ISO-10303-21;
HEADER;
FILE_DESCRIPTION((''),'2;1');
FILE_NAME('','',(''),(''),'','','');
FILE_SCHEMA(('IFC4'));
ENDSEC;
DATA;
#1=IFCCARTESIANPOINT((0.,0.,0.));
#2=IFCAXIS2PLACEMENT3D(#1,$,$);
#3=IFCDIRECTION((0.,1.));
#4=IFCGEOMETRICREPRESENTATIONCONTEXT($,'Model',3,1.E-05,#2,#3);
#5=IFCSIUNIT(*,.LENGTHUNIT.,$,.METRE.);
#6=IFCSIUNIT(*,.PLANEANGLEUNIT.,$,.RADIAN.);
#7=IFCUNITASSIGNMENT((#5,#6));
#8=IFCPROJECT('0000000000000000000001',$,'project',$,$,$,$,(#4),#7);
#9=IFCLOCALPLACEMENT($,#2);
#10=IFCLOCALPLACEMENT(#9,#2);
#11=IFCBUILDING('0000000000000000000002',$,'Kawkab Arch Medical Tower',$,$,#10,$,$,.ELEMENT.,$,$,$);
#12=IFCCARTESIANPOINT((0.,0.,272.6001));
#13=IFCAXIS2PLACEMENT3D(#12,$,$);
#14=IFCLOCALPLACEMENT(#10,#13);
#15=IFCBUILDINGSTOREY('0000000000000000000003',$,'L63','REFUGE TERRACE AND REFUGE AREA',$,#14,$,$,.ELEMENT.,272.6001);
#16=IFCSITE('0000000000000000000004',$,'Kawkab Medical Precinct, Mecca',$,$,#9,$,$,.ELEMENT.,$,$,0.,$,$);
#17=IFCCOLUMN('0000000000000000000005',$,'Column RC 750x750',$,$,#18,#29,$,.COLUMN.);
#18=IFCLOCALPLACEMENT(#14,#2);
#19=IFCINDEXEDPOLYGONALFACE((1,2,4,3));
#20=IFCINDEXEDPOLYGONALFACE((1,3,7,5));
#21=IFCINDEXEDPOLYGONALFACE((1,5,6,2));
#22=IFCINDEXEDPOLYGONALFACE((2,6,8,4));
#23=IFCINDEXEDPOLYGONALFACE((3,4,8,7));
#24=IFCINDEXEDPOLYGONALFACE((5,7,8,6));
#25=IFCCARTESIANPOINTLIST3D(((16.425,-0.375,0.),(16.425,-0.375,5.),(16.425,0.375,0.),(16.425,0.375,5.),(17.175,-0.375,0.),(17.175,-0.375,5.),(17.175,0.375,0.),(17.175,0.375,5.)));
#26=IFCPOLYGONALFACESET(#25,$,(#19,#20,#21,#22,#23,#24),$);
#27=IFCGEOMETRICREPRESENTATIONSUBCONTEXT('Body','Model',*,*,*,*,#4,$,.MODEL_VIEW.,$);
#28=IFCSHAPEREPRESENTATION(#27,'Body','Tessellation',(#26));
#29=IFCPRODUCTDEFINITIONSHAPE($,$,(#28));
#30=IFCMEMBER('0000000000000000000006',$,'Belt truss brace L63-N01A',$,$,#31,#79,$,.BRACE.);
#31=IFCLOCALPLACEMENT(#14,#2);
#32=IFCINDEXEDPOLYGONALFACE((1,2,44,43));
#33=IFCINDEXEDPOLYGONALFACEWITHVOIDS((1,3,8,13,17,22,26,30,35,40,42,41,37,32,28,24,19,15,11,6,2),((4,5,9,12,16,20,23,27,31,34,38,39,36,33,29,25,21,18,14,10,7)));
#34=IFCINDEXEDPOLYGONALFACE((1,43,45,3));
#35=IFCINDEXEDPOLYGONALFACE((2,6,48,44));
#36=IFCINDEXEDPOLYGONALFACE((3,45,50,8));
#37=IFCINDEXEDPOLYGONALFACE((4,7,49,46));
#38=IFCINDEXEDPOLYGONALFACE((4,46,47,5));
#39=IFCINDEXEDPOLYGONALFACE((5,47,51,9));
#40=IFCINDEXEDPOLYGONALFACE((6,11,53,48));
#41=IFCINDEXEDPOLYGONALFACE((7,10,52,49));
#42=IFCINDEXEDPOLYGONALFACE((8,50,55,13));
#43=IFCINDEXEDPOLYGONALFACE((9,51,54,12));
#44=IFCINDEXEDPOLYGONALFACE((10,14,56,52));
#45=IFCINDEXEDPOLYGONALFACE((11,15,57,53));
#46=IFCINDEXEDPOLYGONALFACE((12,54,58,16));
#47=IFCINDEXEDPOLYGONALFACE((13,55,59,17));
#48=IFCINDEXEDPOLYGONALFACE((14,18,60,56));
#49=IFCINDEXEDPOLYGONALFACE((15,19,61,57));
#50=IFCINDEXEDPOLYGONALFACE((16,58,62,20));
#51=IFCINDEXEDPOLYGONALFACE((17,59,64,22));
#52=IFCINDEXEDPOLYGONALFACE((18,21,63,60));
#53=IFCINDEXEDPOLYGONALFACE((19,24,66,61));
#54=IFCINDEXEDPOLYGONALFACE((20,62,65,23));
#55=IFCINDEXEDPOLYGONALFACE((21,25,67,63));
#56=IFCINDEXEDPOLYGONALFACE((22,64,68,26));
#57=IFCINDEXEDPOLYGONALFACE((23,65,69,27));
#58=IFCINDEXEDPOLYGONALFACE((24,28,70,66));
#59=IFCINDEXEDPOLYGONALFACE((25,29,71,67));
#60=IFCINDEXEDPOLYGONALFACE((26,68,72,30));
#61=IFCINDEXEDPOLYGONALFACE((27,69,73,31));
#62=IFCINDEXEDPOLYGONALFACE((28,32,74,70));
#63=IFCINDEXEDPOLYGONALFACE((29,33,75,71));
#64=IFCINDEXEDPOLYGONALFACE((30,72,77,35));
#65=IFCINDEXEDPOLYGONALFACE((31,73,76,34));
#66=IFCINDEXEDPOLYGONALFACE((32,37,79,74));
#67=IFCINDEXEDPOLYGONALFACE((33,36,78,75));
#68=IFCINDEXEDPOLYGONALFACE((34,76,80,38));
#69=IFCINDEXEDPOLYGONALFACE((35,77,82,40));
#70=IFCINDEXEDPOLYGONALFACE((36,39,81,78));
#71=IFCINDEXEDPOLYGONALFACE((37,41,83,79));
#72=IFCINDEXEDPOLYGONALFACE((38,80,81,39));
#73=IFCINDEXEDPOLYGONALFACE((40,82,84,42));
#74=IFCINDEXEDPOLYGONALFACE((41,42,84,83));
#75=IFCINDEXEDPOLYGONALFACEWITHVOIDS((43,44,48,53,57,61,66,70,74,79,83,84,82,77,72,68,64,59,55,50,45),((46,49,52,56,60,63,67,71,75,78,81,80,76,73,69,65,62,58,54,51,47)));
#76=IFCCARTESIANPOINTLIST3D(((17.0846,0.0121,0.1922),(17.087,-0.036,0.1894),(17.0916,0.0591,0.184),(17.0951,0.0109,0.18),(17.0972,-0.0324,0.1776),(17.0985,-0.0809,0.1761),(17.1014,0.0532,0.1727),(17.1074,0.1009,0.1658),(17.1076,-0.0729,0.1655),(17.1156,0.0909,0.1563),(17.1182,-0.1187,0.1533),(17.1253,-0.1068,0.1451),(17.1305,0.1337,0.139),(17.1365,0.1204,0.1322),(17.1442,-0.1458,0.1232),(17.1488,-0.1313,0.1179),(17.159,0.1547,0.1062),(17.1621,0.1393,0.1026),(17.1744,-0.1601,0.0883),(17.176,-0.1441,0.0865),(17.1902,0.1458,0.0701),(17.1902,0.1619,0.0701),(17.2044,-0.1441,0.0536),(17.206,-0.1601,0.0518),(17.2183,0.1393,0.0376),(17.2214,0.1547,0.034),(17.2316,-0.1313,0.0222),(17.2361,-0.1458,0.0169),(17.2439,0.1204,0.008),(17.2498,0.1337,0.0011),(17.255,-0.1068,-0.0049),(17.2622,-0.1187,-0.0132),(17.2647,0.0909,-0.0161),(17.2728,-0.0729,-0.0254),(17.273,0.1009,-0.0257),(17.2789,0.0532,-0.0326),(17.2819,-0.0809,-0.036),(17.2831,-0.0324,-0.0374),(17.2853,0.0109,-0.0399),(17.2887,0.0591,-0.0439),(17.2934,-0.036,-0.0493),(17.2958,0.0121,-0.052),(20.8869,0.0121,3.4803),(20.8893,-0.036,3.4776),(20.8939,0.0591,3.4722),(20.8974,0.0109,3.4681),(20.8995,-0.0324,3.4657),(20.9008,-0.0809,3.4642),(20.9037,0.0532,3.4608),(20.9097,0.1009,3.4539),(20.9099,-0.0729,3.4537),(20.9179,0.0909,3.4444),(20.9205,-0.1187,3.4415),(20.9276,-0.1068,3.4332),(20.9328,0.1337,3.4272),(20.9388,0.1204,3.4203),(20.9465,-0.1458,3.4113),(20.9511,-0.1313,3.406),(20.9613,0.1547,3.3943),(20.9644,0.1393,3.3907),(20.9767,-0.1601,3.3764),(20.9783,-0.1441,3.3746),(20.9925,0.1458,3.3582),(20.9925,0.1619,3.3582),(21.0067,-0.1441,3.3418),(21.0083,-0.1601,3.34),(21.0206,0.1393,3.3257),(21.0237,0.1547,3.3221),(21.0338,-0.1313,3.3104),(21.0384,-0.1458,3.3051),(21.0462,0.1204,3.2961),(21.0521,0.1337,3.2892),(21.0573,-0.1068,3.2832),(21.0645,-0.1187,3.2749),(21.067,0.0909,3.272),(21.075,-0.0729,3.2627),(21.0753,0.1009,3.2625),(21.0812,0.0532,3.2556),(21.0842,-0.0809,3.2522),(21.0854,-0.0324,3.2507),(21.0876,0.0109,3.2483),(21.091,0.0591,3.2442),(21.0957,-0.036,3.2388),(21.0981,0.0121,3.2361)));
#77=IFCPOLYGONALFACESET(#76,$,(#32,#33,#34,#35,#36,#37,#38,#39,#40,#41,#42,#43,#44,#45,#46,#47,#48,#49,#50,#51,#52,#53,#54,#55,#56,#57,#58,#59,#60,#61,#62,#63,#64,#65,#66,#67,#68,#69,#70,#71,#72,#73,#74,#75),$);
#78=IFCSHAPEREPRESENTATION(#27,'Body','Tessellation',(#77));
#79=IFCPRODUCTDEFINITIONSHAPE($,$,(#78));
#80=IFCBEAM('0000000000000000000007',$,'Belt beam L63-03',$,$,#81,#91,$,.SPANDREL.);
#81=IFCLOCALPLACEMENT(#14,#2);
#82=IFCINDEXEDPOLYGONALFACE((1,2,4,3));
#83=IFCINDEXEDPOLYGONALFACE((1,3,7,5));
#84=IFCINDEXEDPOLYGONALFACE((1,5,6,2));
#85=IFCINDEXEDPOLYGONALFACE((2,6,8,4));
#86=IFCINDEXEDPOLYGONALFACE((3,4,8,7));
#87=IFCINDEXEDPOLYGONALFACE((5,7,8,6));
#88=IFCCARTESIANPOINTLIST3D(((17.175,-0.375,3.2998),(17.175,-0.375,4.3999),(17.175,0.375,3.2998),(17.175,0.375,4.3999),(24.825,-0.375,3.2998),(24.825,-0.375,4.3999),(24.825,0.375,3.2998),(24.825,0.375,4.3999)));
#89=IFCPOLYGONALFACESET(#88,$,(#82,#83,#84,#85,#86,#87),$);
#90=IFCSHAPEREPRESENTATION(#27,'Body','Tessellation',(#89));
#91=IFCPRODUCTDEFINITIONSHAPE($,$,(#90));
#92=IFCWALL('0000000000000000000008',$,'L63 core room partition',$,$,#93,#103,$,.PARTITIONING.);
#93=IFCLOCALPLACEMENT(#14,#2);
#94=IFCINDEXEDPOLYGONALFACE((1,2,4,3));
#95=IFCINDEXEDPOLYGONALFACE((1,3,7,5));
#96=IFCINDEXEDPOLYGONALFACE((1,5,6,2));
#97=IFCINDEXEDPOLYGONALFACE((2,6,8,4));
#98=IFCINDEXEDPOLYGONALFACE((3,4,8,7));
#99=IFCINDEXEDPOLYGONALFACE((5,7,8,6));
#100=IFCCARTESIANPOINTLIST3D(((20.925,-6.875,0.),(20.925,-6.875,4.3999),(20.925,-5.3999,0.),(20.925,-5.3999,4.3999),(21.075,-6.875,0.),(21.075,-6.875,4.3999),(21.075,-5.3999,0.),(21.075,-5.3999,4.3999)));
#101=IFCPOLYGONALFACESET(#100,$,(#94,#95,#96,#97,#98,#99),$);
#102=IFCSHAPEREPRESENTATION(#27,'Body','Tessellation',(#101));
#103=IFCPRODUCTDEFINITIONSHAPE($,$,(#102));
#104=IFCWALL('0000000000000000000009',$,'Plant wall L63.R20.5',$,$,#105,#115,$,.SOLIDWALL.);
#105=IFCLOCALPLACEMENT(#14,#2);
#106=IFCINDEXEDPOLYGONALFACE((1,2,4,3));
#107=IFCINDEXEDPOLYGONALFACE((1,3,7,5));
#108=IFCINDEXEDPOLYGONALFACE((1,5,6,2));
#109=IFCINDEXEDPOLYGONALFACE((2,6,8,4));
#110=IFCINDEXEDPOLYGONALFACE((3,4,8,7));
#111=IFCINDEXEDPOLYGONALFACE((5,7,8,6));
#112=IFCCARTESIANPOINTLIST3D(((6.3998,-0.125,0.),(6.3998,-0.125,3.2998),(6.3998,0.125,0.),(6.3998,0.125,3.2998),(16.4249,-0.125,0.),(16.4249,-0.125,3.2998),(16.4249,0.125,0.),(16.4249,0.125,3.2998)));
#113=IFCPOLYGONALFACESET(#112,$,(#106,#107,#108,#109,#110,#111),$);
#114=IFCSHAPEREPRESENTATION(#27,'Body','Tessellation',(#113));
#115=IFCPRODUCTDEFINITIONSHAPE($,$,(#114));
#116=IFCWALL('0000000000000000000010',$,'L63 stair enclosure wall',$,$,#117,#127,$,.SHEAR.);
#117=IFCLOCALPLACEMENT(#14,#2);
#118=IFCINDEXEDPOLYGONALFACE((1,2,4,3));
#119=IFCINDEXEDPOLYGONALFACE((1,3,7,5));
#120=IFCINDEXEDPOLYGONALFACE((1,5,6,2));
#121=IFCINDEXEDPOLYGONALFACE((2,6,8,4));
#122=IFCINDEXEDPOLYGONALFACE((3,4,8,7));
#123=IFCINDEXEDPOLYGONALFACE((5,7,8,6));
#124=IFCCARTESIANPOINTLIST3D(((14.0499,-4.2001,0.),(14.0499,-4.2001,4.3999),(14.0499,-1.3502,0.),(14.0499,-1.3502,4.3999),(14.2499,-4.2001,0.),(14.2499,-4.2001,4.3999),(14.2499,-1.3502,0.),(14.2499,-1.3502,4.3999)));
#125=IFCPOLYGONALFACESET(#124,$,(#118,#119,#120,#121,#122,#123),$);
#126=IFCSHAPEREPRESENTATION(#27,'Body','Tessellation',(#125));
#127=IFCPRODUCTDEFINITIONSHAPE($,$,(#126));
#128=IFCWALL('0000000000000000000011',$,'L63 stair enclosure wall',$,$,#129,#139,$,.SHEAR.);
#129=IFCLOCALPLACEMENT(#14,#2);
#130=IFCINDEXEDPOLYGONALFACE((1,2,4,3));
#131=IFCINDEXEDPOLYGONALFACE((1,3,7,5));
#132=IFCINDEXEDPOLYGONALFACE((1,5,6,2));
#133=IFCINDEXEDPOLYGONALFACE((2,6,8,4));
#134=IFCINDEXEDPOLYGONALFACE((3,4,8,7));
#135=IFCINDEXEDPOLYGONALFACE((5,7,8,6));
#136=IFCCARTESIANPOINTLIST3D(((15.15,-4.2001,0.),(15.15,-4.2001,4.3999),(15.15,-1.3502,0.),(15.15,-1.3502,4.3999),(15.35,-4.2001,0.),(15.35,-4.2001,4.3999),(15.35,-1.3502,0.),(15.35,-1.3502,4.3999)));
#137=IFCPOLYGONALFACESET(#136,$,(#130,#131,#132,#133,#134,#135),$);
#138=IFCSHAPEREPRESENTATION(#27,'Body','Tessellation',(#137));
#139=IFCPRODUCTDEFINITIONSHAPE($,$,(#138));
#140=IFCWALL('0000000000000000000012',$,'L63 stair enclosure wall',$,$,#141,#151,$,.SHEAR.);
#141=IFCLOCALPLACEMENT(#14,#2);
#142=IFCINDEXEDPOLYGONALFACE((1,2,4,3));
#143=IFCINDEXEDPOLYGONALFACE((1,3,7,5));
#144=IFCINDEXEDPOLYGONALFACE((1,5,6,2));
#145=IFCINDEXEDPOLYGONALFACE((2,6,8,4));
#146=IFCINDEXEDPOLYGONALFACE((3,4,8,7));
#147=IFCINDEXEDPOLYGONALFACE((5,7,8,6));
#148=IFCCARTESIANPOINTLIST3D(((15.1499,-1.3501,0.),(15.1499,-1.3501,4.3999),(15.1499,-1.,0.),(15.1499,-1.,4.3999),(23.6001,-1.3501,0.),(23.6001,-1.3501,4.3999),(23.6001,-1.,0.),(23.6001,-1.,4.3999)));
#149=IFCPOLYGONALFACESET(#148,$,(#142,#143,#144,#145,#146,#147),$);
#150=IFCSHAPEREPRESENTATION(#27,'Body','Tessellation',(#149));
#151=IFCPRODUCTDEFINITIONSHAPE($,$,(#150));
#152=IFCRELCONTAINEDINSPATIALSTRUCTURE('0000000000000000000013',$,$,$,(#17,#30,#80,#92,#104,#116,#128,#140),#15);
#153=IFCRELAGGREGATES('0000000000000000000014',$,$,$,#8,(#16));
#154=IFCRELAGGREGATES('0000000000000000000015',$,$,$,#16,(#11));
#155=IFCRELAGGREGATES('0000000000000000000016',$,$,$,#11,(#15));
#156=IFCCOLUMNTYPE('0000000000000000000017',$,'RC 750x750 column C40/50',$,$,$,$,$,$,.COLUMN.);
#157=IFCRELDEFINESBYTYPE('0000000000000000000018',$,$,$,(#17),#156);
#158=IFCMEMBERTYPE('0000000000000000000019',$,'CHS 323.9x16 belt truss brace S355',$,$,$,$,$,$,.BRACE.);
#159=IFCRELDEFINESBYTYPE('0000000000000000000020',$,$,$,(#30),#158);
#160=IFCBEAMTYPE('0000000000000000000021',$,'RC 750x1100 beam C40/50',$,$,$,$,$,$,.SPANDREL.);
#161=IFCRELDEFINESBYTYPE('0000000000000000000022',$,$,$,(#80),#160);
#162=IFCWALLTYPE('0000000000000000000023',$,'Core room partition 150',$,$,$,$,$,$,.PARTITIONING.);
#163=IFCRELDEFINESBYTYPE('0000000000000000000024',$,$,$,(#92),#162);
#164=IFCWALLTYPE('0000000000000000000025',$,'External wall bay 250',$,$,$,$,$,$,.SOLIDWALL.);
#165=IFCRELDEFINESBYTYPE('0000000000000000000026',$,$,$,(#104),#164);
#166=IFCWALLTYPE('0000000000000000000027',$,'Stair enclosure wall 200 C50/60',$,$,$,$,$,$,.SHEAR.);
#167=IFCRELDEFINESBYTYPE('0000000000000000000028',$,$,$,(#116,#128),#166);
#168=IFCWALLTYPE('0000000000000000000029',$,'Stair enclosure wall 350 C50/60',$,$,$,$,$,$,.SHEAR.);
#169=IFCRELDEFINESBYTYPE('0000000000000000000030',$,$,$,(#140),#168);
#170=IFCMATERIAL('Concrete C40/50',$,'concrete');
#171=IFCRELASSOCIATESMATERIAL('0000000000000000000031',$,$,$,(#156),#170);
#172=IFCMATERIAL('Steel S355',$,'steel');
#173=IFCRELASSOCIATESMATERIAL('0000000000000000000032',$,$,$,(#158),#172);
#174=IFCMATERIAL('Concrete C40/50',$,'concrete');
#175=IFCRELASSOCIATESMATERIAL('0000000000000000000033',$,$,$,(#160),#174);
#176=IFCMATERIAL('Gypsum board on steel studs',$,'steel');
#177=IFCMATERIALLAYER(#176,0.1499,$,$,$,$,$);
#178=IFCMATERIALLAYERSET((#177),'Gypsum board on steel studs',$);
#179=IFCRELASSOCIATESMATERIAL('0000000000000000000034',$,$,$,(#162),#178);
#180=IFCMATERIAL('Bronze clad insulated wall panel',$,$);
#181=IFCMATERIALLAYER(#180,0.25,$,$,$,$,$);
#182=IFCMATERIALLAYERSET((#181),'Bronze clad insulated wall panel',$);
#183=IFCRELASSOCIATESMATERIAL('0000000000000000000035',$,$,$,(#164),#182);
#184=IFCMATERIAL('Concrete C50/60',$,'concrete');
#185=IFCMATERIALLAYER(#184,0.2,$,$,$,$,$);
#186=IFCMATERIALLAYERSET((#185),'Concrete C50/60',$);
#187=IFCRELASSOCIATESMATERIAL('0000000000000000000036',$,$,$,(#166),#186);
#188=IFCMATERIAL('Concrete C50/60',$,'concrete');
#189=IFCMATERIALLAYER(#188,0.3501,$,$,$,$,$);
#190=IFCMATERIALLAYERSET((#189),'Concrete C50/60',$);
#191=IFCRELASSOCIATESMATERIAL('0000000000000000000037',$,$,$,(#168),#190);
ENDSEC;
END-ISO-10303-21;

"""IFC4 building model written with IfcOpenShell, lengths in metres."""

from ifc_helpers import new_model, si_unit, direction, frame, frame_2d, origin, origin_2d, place, context, subcontext, project, spatial, rectangle, hollow_circle, extrude, material, layer, layer_set, material_profile, profile_set, type_object, element, save


model = new_model("IFC4")

# Units and contexts
model_context = context("Model", 3, precision=1e-05, world=origin(), true_north=direction((0.0, 1.0)))
body_context = subcontext(model_context, "Body", "Model", "MODEL_VIEW")
ifc_project = project(units=[si_unit("LENGTHUNIT", "METRE"), si_unit("PLANEANGLEUNIT", "RADIAN")], contexts=[model_context])

# Site, building, storey
site_placement = place(None, origin())
site = spatial("IfcSite", under=ifc_project, at=site_placement, Name="Kawkab Medical Precinct, Mecca", CompositionType="ELEMENT", RefElevation=0.0)
building_placement = place(site_placement, origin())
building = spatial("IfcBuilding", under=site, at=building_placement, Name="Kawkab Arch Medical Tower", CompositionType="ELEMENT")
storey_placement = place(building_placement, frame((0.0, 0.0, 272.6001)))
storey = spatial("IfcBuildingStorey", under=building, at=storey_placement, Name="L63", Description="REFUGE TERRACE AND REFUGE AREA", CompositionType="ELEMENT", Elevation=272.6001)

# Column
ifc_material_1 = material(Name="Concrete C40/50", Category="concrete")
ifc_material_profile_1 = material_profile(ifc_material_1, rectangle(XDim=0.75, YDim=0.75, at=origin_2d()), Name="RC 750x750")
ifc_profile_set_1 = profile_set([ifc_material_profile_1], Name="Concrete C40/50")
column_type = type_object("IfcColumnType", Name="RC 750x750 column C40/50", PredefinedType="COLUMN", material=ifc_profile_set_1)
column_placement = place(storey_placement, frame((16.8, 0.0, 0.0), z_axis=(0.0, 0.0, 1.0), x_axis=(1.0, 0.0, 0.0)))
element("IfcColumn", 1, at=column_placement, inside=storey, type_object=column_type, Name="Column RC 750x750", PredefinedType="COLUMN", context=body_context, shape_type="SweptSolid", body=[
    extrude(rectangle(XDim=0.75, YDim=0.75, at=origin_2d()), origin(), (0.0, 0.0, 1.0), 5.0),
])

# Member
ifc_material_2 = material(Name="Steel S355", Category="steel")
ifc_material_profile_2 = material_profile(ifc_material_2, hollow_circle(Radius=0.1619, WallThickness=0.0161, at=origin_2d()), Name="CHS 323.9x16")
ifc_profile_set_2 = profile_set([ifc_material_profile_2], Name="Steel S355")
member_type = type_object("IfcMemberType", Name="CHS 323.9x16 belt truss brace S355", PredefinedType="BRACE", material=ifc_profile_set_2)
member_placement = place(storey_placement, frame((17.1902, 0.0, 0.0701), z_axis=(0.756397, 0.0, 0.654113), x_axis=(0.0, 1.0, 0.0)))
element("IfcMember", 2, at=member_placement, inside=storey, type_object=member_type, Name="Belt truss brace L63-N01A", PredefinedType="BRACE", context=body_context, shape_type="SweptSolid", body=[
    extrude(hollow_circle(Radius=0.1619, WallThickness=0.0161, at=origin_2d()), origin(), (0.0, 0.0, 1.0), 5.0269),
])

# Beam
ifc_material_3 = material(Name="Concrete C40/50", Category="concrete")
ifc_material_profile_3 = material_profile(ifc_material_3, rectangle(XDim=0.75, YDim=1.1001, at=origin_2d()), Name="RC 750x1100")
ifc_profile_set_3 = profile_set([ifc_material_profile_3], Name="Concrete C40/50")
beam_type = type_object("IfcBeamType", Name="RC 750x1100 beam C40/50", PredefinedType="SPANDREL", material=ifc_profile_set_3)
beam_placement = place(storey_placement, frame((17.175, 0.0, 3.8499), z_axis=(1.0, 0.0, 0.0), x_axis=(0.0, 1.0, 0.0)))
element("IfcBeam", 3, at=beam_placement, inside=storey, type_object=beam_type, Name="Belt beam L63-03", PredefinedType="SPANDREL", context=body_context, shape_type="SweptSolid", body=[
    extrude(rectangle(XDim=0.75, YDim=1.1001, at=origin_2d()), origin(), (0.0, 0.0, 1.0), 7.6499),
])

# Walls
ifc_material_4 = material(Name="Gypsum board on steel studs", Category="steel")
ifc_layer_1 = layer(ifc_material_4, 0.1499)
ifc_layer_set_1 = layer_set([ifc_layer_1], Name="Gypsum board on steel studs")
wall_type_1 = type_object("IfcWallType", Name="Core room partition 150", PredefinedType="PARTITIONING", material=ifc_layer_set_1)
wall_1_placement = place(storey_placement, frame((21.0, -6.875, 0.0), z_axis=(0.0, 0.0, 1.0), x_axis=(0.0, 1.0, 0.0)))
element("IfcWall", 4, at=wall_1_placement, inside=storey, type_object=wall_type_1, Name="L63 core room partition", PredefinedType="PARTITIONING", context=body_context, shape_type="SweptSolid", body=[
    extrude(rectangle(XDim=1.4751, YDim=0.1499, at=frame_2d((0.7375, 0.0))), origin(), (0.0, 0.0, 1.0), 4.3999),
])
ifc_material_5 = material(Name="Bronze clad insulated wall panel")
ifc_layer_2 = layer(ifc_material_5, 0.25)
ifc_layer_set_2 = layer_set([ifc_layer_2], Name="Bronze clad insulated wall panel")
wall_type_2 = type_object("IfcWallType", Name="External wall bay 250", PredefinedType="SOLIDWALL", material=ifc_layer_set_2)
wall_2_placement = place(storey_placement, frame((16.425, 0.0, 0.0), z_axis=(0.0, 0.0, 1.0), x_axis=(-1.0, 0.0, 0.0)))
element("IfcWall", 5, at=wall_2_placement, inside=storey, type_object=wall_type_2, Name="Plant wall L63.R20.5", PredefinedType="SOLIDWALL", context=body_context, shape_type="SweptSolid", body=[
    extrude(rectangle(XDim=10.0251, YDim=0.25, at=frame_2d((5.0127, 0.0))), origin(), (0.0, 0.0, 1.0), 3.2998),
])
ifc_material_6 = material(Name="Concrete C50/60", Category="concrete")
ifc_layer_3 = layer(ifc_material_6, 0.2)
ifc_layer_set_3 = layer_set([ifc_layer_3], Name="Concrete C50/60")
wall_type_3 = type_object("IfcWallType", Name="Stair enclosure wall 200 C50/60", PredefinedType="SHEAR", material=ifc_layer_set_3)
for number, where, z_axis, x_axis, name in (
    (6, (14.1499, -4.2, 0.0), (0.0, 0.0, 1.0), (0.0, 1.0, 0.0), "L63 stair enclosure wall"),
    (7, (15.25, -4.2, 0.0), (0.0, 0.0, 1.0), (0.0, 1.0, 0.0), "L63 stair enclosure wall"),
):
    element("IfcWall", number, at=place(storey_placement, frame(where, z_axis=z_axis, x_axis=x_axis)), inside=storey, type_object=wall_type_3, Name=name, PredefinedType="SHEAR", context=body_context, shape_type="SweptSolid", body=[
        extrude(rectangle(XDim=2.8499, YDim=0.2, at=frame_2d((1.4248, 0.0))), origin(), (0.0, 0.0, 1.0), 4.3999),
    ])
ifc_material_7 = material(Name="Concrete C50/60", Category="concrete")
ifc_layer_4 = layer(ifc_material_7, 0.3501)
ifc_layer_set_4 = layer_set([ifc_layer_4], Name="Concrete C50/60")
wall_type_4 = type_object("IfcWallType", Name="Stair enclosure wall 350 C50/60", PredefinedType="SHEAR", material=ifc_layer_set_4)
wall_3_placement = place(storey_placement, frame((15.1499, -1.175, 0.0), z_axis=(0.0, 0.0, 1.0), x_axis=(1.0, 0.0, 0.0)))
element("IfcWall", 8, at=wall_3_placement, inside=storey, type_object=wall_type_4, Name="L63 stair enclosure wall", PredefinedType="SHEAR", context=body_context, shape_type="SweptSolid", body=[
    extrude(rectangle(XDim=8.4502, YDim=0.3501, at=frame_2d((4.2251, 0.0))), origin(), (0.0, 0.0, 1.0), 4.3999),
])

save(model, "model.ifc")
